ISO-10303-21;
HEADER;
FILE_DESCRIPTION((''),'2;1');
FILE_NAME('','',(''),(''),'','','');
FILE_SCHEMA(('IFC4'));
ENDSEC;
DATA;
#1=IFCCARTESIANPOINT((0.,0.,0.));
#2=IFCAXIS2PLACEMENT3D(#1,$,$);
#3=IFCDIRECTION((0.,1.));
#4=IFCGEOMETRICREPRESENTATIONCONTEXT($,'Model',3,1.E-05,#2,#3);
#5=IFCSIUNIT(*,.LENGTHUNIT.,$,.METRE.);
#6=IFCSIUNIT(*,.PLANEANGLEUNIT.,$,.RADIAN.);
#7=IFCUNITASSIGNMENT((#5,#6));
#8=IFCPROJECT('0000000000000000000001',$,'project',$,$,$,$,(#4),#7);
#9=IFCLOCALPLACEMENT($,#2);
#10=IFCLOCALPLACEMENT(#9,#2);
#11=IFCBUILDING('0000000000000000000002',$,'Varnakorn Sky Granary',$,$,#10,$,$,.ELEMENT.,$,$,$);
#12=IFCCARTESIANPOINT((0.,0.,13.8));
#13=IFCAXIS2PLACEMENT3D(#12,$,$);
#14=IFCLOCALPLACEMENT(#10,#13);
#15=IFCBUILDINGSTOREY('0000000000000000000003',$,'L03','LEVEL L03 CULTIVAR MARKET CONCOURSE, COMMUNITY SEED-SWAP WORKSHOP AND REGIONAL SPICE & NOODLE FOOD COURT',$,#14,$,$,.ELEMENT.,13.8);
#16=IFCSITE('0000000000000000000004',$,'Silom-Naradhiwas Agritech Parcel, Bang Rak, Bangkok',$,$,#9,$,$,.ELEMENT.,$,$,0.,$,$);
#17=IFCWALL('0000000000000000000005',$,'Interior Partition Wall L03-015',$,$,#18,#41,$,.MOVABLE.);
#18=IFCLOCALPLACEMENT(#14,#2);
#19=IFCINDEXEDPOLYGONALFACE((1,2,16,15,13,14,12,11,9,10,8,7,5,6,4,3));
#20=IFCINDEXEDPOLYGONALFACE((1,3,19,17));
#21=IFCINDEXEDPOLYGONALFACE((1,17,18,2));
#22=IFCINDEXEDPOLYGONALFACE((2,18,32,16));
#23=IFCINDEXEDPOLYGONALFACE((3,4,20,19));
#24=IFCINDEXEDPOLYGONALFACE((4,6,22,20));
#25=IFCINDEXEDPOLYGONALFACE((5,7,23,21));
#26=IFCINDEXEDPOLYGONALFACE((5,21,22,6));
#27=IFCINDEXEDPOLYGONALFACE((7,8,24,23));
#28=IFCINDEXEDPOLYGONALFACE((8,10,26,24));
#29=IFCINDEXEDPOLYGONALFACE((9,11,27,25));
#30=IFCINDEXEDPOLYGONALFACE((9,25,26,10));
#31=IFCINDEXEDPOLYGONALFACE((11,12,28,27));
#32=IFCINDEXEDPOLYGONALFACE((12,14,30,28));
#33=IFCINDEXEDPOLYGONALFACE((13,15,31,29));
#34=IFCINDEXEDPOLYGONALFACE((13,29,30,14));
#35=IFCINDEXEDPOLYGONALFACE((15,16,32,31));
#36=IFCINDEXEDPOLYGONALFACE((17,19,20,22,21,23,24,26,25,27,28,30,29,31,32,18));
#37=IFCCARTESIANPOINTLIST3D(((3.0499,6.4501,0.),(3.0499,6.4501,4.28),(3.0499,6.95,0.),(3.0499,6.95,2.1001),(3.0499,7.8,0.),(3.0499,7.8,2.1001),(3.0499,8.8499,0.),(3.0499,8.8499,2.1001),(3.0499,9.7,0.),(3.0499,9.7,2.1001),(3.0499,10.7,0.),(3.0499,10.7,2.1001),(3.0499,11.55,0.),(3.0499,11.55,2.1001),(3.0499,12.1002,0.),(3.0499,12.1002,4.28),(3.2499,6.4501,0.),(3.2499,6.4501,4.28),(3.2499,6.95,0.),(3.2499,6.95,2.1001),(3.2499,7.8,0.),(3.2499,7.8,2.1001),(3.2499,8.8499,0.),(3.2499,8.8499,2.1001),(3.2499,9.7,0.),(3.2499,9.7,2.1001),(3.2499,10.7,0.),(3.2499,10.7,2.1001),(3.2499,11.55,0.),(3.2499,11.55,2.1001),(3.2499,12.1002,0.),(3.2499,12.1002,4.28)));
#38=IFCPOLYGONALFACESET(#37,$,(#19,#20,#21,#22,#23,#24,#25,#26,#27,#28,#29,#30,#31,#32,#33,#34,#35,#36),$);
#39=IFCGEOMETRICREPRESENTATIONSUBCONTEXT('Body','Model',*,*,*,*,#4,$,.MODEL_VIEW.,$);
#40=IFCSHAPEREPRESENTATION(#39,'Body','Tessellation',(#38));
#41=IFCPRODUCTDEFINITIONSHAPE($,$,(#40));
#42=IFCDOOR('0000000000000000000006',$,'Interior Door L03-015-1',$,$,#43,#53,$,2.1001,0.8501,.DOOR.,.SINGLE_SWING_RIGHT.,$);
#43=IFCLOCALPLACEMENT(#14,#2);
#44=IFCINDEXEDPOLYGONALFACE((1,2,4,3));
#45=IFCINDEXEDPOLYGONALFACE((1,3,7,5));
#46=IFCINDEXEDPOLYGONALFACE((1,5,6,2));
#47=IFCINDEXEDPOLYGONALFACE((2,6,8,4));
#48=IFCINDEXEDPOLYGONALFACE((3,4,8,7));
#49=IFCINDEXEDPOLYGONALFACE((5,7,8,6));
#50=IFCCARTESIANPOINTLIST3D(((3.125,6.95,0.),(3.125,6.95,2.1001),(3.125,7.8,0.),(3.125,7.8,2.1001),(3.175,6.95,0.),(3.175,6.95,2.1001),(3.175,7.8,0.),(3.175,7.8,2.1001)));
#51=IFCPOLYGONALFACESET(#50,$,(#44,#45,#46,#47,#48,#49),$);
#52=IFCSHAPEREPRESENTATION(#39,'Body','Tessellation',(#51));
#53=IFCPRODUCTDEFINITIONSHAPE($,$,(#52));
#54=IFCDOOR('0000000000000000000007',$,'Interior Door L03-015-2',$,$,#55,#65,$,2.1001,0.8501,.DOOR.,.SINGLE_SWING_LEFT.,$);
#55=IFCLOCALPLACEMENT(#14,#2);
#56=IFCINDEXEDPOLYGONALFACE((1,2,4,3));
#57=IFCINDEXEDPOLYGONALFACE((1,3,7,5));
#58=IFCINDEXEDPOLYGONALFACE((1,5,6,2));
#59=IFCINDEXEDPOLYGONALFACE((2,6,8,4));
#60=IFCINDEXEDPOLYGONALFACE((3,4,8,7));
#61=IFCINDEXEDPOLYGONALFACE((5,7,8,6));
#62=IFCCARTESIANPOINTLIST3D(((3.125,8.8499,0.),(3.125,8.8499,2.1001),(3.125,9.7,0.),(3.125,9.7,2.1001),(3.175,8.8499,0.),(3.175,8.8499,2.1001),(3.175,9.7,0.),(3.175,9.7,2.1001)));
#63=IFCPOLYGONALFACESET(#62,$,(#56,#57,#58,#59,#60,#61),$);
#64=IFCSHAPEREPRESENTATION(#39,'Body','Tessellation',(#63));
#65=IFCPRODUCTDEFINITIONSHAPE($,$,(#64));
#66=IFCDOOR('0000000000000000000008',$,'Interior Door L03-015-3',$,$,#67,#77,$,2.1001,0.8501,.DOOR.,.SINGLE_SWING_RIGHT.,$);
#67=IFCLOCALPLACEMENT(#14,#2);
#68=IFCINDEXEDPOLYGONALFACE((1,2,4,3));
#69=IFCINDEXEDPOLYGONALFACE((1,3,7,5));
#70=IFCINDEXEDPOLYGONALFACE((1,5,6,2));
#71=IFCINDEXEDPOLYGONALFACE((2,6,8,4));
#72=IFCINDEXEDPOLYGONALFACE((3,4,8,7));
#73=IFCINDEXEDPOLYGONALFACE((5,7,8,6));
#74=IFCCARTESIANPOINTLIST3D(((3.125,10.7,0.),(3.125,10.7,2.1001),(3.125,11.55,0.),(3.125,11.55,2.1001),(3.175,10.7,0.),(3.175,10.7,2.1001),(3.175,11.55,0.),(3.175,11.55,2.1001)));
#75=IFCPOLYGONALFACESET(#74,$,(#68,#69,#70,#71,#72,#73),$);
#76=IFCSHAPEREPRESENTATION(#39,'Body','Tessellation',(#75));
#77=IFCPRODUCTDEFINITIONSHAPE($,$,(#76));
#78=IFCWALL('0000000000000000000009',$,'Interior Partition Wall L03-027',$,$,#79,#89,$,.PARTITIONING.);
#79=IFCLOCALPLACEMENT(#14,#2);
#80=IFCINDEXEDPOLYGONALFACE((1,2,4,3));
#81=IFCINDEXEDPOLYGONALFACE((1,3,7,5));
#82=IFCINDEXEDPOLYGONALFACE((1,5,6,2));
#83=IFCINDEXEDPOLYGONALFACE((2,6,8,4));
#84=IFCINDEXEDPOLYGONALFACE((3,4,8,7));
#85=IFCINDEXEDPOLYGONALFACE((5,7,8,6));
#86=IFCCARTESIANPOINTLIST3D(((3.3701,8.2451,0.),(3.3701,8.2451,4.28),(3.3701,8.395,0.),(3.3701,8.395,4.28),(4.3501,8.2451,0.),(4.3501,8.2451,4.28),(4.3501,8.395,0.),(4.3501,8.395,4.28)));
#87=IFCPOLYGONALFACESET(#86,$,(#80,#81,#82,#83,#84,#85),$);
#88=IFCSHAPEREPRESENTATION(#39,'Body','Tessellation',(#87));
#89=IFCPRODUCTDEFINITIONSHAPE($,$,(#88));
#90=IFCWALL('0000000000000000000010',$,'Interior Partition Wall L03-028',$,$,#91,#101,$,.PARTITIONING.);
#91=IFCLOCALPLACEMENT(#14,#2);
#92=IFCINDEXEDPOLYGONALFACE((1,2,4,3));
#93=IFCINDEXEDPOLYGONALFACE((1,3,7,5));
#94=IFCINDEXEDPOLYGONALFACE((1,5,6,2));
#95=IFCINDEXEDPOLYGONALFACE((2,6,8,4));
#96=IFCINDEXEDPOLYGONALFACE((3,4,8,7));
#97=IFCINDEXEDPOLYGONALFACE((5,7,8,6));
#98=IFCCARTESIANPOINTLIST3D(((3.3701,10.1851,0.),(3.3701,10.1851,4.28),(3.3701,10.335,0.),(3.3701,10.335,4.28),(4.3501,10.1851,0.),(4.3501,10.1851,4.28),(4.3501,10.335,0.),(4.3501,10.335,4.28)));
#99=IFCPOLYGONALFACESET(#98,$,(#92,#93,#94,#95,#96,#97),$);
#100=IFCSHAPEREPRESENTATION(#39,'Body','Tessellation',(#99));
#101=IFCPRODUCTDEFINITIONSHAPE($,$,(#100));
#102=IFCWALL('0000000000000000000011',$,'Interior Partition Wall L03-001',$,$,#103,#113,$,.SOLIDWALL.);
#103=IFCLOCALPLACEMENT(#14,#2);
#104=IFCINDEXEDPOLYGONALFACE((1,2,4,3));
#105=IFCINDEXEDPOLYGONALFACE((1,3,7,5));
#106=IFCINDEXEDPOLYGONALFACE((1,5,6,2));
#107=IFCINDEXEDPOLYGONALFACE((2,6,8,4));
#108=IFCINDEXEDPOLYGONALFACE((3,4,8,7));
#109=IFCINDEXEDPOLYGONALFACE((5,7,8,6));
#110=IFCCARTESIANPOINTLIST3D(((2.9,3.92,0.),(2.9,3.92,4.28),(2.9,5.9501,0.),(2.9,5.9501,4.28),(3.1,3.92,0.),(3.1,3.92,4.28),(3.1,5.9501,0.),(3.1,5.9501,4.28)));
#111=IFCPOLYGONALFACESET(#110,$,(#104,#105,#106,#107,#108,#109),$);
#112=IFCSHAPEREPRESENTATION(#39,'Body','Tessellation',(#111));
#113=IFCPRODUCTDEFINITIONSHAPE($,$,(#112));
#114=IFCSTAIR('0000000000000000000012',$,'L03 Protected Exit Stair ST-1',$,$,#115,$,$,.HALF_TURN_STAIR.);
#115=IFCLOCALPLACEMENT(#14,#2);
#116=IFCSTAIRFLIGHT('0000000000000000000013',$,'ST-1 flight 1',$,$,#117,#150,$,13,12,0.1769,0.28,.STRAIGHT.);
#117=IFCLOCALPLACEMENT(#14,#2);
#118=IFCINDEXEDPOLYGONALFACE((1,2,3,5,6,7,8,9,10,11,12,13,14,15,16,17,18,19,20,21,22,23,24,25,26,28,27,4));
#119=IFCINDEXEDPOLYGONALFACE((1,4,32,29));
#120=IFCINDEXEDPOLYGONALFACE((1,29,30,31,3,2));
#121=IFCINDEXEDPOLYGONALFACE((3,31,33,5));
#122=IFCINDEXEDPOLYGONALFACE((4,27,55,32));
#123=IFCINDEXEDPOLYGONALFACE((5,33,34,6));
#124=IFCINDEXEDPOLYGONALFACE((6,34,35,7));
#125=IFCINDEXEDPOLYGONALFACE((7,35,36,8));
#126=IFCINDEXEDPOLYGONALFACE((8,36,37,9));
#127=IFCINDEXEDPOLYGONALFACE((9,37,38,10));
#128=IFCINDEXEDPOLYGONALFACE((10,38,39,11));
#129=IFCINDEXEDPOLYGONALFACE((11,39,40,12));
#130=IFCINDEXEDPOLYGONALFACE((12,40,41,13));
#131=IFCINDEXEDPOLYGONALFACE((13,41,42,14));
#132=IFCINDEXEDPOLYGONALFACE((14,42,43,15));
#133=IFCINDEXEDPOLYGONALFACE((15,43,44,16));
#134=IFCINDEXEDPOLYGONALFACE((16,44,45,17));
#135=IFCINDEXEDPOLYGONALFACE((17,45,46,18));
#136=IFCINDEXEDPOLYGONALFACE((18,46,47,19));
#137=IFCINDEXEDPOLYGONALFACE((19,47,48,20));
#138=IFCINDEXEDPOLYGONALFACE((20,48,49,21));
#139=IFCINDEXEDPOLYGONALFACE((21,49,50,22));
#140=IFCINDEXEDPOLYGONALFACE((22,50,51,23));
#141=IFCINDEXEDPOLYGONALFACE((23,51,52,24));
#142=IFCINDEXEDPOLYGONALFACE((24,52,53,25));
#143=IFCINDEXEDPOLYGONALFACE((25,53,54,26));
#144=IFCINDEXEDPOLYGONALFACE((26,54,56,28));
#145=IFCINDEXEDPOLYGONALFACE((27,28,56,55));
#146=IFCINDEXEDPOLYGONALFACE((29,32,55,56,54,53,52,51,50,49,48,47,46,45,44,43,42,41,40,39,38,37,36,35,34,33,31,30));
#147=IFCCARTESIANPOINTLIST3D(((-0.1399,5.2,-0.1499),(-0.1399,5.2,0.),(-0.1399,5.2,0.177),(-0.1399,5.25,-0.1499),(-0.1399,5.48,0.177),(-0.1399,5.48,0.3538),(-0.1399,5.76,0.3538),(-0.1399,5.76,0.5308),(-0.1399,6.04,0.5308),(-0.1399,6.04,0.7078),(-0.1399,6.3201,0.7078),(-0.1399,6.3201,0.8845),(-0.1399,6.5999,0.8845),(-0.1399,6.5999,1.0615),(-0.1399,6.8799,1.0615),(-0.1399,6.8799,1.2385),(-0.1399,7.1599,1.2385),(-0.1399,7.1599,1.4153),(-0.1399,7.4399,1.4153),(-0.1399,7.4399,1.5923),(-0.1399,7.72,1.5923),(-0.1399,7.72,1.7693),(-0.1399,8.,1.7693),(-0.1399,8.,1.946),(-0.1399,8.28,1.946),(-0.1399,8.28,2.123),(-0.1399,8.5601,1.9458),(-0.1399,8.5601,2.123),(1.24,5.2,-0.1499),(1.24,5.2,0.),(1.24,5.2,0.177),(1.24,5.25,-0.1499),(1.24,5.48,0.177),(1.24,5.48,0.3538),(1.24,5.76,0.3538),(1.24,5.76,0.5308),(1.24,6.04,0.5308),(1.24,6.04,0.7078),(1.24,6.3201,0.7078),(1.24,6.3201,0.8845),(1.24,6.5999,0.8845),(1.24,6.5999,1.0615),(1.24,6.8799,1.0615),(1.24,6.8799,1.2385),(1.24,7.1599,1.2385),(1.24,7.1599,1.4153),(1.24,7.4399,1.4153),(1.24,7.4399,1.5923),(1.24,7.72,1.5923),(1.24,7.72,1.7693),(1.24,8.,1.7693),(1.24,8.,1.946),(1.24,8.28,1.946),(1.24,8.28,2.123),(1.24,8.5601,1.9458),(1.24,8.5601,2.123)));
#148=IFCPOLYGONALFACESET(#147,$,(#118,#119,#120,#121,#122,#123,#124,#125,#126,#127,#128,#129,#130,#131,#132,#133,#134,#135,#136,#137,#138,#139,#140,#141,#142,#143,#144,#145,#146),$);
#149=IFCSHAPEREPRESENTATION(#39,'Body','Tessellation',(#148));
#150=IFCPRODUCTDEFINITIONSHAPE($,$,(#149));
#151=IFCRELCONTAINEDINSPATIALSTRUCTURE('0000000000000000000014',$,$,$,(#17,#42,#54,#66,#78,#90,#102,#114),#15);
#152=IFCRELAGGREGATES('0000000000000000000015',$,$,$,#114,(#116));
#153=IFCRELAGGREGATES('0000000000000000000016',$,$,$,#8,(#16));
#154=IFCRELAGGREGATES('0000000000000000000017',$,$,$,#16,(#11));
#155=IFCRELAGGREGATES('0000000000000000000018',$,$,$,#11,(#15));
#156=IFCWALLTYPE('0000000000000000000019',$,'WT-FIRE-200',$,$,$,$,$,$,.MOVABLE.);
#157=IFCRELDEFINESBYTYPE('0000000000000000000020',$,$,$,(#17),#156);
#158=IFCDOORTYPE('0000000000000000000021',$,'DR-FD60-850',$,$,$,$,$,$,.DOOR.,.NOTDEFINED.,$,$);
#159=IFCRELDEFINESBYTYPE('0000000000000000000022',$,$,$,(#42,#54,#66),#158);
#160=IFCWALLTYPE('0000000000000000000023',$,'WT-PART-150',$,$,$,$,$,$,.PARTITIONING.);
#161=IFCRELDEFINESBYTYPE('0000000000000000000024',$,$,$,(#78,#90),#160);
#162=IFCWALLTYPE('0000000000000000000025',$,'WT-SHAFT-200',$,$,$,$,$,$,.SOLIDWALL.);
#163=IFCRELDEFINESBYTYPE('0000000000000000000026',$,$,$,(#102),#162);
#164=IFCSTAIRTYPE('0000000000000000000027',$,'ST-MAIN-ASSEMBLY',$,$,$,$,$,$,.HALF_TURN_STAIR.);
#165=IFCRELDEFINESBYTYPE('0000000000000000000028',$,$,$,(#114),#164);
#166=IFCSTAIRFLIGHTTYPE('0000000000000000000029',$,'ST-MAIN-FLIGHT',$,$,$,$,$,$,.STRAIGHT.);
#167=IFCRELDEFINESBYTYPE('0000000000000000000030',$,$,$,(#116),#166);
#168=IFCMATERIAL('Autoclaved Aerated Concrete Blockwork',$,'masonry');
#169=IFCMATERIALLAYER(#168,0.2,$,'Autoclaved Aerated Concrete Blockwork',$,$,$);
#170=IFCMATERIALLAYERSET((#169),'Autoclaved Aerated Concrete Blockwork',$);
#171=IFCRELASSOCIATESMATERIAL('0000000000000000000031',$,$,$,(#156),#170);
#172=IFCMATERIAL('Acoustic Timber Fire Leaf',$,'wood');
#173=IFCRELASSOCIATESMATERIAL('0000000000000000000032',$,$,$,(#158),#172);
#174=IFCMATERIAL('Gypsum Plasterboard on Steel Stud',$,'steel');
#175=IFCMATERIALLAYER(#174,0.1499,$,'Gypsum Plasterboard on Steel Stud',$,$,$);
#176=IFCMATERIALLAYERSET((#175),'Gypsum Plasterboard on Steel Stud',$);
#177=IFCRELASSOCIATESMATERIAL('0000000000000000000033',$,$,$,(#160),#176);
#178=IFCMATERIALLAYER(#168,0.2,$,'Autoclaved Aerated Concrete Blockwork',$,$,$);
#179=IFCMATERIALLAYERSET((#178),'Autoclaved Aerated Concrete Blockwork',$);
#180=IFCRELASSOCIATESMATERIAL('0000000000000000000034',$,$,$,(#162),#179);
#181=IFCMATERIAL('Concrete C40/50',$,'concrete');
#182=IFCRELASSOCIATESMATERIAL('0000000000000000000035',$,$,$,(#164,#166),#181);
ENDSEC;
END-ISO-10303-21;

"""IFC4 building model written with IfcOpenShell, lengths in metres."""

from ifc_helpers import new_model, si_unit, direction, frame, frame_2d, origin, place, context, subcontext, project, spatial, polyline, rectangle, outline, extrude, material, layer, layer_set, type_object, element, fill, aggregate, save


model = new_model("IFC4")

# Units and contexts
model_context = context("Model", 3, precision=1e-05, world=origin(), true_north=direction((0.0, 1.0)))
body_context = subcontext(model_context, "Body", "Model", "MODEL_VIEW")
ifc_project = project(units=[si_unit("LENGTHUNIT", "METRE"), si_unit("PLANEANGLEUNIT", "RADIAN")], contexts=[model_context])

# Site, building, storey
site_placement = place(None, origin())
site = spatial("IfcSite", under=ifc_project, at=site_placement, Name="Silom-Naradhiwas Agritech Parcel, Bang Rak, Bangkok", CompositionType="ELEMENT", RefElevation=0.0)
building_placement = place(site_placement, origin())
building = spatial("IfcBuilding", under=site, at=building_placement, Name="Varnakorn Sky Granary", CompositionType="ELEMENT")
storey_placement = place(building_placement, frame((0.0, 0.0, 13.8)))
storey = spatial("IfcBuildingStorey", under=building, at=storey_placement, Name="L03", Description="LEVEL L03 CULTIVAR MARKET CONCOURSE, COMMUNITY SEED-SWAP WORKSHOP AND REGIONAL SPICE & NOODLE FOOD COURT", CompositionType="ELEMENT", Elevation=13.8)

# Wall, openings, doors
ifc_material_1 = material(Name="Autoclaved Aerated Concrete Blockwork", Category="masonry")
ifc_layer_1 = layer(ifc_material_1, 0.2, Name="Autoclaved Aerated Concrete Blockwork")
ifc_layer_set_1 = layer_set([ifc_layer_1], Name="Autoclaved Aerated Concrete Blockwork")
wall_type_1 = type_object("IfcWallType", Name="WT-FIRE-200", PredefinedType="MOVABLE", material=ifc_layer_set_1)
wall_1_placement = place(storey_placement, frame((3.1499, 6.45, 0.0), z_axis=(0.0, 0.0, 1.0), x_axis=(0.0, 1.0, 0.0)))
wall_1 = element("IfcWall", 1, at=wall_1_placement, inside=storey, type_object=wall_type_1, Name="Interior Partition Wall L03-015", PredefinedType="MOVABLE", context=body_context, shape_type="SweptSolid", body=[
    extrude(rectangle(XDim=5.6501, YDim=0.2, at=frame_2d((2.8252, 0.0))), origin(), (0.0, 0.0, 1.0), 4.28),
])
opening_1_placement = place(wall_1_placement, frame((0.5, 0.0, 0.0)))
opening_1 = element("IfcOpeningElement", 2, at=opening_1_placement, cuts=wall_1, PredefinedType="OPENING", context=body_context, shape_type="SweptSolid", body=[
    extrude(rectangle(XDim=0.8501, YDim=2.1001, at=frame_2d((0.425, 1.05))), frame((0.0, 0.1099, 0.0), z_axis=(0.0, -1.0, 0.0), x_axis=(1.0, 0.0, 0.0)), (0.0, 0.0, 1.0), 0.22),
])
opening_2_placement = place(wall_1_placement, frame((2.3999, 0.0, 0.0)))
opening_2 = element("IfcOpeningElement", 3, at=opening_2_placement, cuts=wall_1, PredefinedType="OPENING", context=body_context, shape_type="SweptSolid", body=[
    extrude(rectangle(XDim=0.8501, YDim=2.1001, at=frame_2d((0.425, 1.05))), frame((0.0, 0.1099, 0.0), z_axis=(0.0, -1.0, 0.0), x_axis=(1.0, 0.0, 0.0)), (0.0, 0.0, 1.0), 0.22),
])
opening_3_placement = place(wall_1_placement, frame((4.25, 0.0, 0.0)))
opening_3 = element("IfcOpeningElement", 4, at=opening_3_placement, cuts=wall_1, PredefinedType="OPENING", context=body_context, shape_type="SweptSolid", body=[
    extrude(rectangle(XDim=0.8501, YDim=2.1001, at=frame_2d((0.425, 1.05))), frame((0.0, 0.1099, 0.0), z_axis=(0.0, -1.0, 0.0), x_axis=(1.0, 0.0, 0.0)), (0.0, 0.0, 1.0), 0.22),
])
ifc_material_2 = material(Name="Acoustic Timber Fire Leaf", Category="wood")
door_type = type_object("IfcDoorType", Name="DR-FD60-850", OperationType="NOTDEFINED", PredefinedType="DOOR", material=ifc_material_2)
door_1_placement = place(opening_1_placement, origin())
door_1 = element("IfcDoor", 5, at=door_1_placement, inside=storey, type_object=door_type, Name="Interior Door L03-015-1", OperationType="SINGLE_SWING_RIGHT", OverallHeight=2.1001, OverallWidth=0.8501, PredefinedType="DOOR", context=body_context, shape_type="SweptSolid", body=[
    extrude(rectangle(XDim=0.8501, YDim=2.1001, at=frame_2d((0.425, 1.05))), frame((0.0, 0.0249, 0.0), z_axis=(0.0, -1.0, 0.0), x_axis=(1.0, 0.0, 0.0)), (0.0, 0.0, 1.0), 0.05),
])
fill(opening_1, door_1)
door_2_placement = place(opening_2_placement, origin())
door_2 = element("IfcDoor", 6, at=door_2_placement, inside=storey, type_object=door_type, Name="Interior Door L03-015-2", OperationType="SINGLE_SWING_LEFT", OverallHeight=2.1001, OverallWidth=0.8501, PredefinedType="DOOR", context=body_context, shape_type="SweptSolid", body=[
    extrude(rectangle(XDim=0.8501, YDim=2.1001, at=frame_2d((0.425, 1.05))), frame((0.0, 0.0249, 0.0), z_axis=(0.0, -1.0, 0.0), x_axis=(1.0, 0.0, 0.0)), (0.0, 0.0, 1.0), 0.05),
])
fill(opening_2, door_2)
door_3_placement = place(opening_3_placement, origin())
door_3 = element("IfcDoor", 7, at=door_3_placement, inside=storey, type_object=door_type, Name="Interior Door L03-015-3", OperationType="SINGLE_SWING_RIGHT", OverallHeight=2.1001, OverallWidth=0.8501, PredefinedType="DOOR", context=body_context, shape_type="SweptSolid", body=[
    extrude(rectangle(XDim=0.8501, YDim=2.1001, at=frame_2d((0.425, 1.05))), frame((0.0, 0.0249, 0.0), z_axis=(0.0, -1.0, 0.0), x_axis=(1.0, 0.0, 0.0)), (0.0, 0.0, 1.0), 0.05),
])
fill(opening_3, door_3)

# Walls
ifc_material_3 = material(Name="Gypsum Plasterboard on Steel Stud", Category="steel")
ifc_layer_2 = layer(ifc_material_3, 0.1499, Name="Gypsum Plasterboard on Steel Stud")
ifc_layer_set_2 = layer_set([ifc_layer_2], Name="Gypsum Plasterboard on Steel Stud")
wall_type_2 = type_object("IfcWallType", Name="WT-PART-150", PredefinedType="PARTITIONING", material=ifc_layer_set_2)
for number, where, z_axis, x_axis, name in (
    (8, (3.3701, 8.3201, 0.0), (0.0, 0.0, 1.0), (1.0, 0.0, 0.0), "Interior Partition Wall L03-027"),
    (9, (3.3701, 10.26, 0.0), (0.0, 0.0, 1.0), (1.0, 0.0, 0.0), "Interior Partition Wall L03-028"),
):
    element("IfcWall", number, at=place(storey_placement, frame(where, z_axis=z_axis, x_axis=x_axis)), inside=storey, type_object=wall_type_2, Name=name, PredefinedType="PARTITIONING", context=body_context, shape_type="SweptSolid", body=[
        extrude(rectangle(XDim=0.98, YDim=0.1499, at=frame_2d((0.49, 0.0))), origin(), (0.0, 0.0, 1.0), 4.28),
    ])
ifc_layer_3 = layer(ifc_material_1, 0.2, Name="Autoclaved Aerated Concrete Blockwork")
ifc_layer_set_3 = layer_set([ifc_layer_3], Name="Autoclaved Aerated Concrete Blockwork")
wall_type_3 = type_object("IfcWallType", Name="WT-SHAFT-200", PredefinedType="SOLIDWALL", material=ifc_layer_set_3)
wall_2_placement = place(storey_placement, frame((3.0, 3.9199, 0.0), z_axis=(0.0, 0.0, 1.0), x_axis=(0.0, 1.0, 0.0)))
element("IfcWall", 10, at=wall_2_placement, inside=storey, type_object=wall_type_3, Name="Interior Partition Wall L03-001", PredefinedType="SOLIDWALL", context=body_context, shape_type="SweptSolid", body=[
    extrude(rectangle(XDim=2.03, YDim=0.2, at=frame_2d((1.0151, 0.0))), origin(), (0.0, 0.0, 1.0), 4.28),
])

# Stair, stair flight
ifc_material_4 = material(Name="Concrete C40/50", Category="concrete")
stair_type = type_object("IfcStairType", Name="ST-MAIN-ASSEMBLY", PredefinedType="HALF_TURN_STAIR", material=ifc_material_4)
stair_1_placement = place(storey_placement, origin())
stair_1 = element("IfcStair", 11, at=stair_1_placement, inside=storey, type_object=stair_type, Name="L03 Protected Exit Stair ST-1", PredefinedType="HALF_TURN_STAIR")
stair_flight_type = type_object("IfcStairFlightType", Name="ST-MAIN-FLIGHT", PredefinedType="STRAIGHT", material=ifc_material_4)
stair_flight_1_placement = place(storey_placement, frame((0.55, 5.2, 0.0), z_axis=(0.0, 0.0, 1.0), x_axis=(0.0, 1.0, 0.0)))
stair_flight_1 = element("IfcStairFlight", 12, at=stair_flight_1_placement, type_object=stair_flight_type, Name="ST-1 flight 1", NumberOfRisers=13, NumberOfTreads=12, PredefinedType="STRAIGHT", RiserHeight=0.1769, TreadLength=0.28, context=body_context, shape_type="SweptSolid", body=[
    extrude(outline(polyline([(0.0, -0.1499), (0.0, 0.0), (0.0, 0.177), (0.28, 0.177), (0.28, 0.3538), (0.5601, 0.3538), (0.5601, 0.5308), (0.8401, 0.5308), (0.8401, 0.7078), (1.1201, 0.7078), (1.1201, 0.8845), (1.3999, 0.8845), (1.3999, 1.0615), (1.6799, 1.0615), (1.6799, 1.2385), (1.96, 1.2385), (1.96, 1.4153), (2.24, 1.4153), (2.24, 1.5923), (2.52, 1.5923), (2.52, 1.7693), (2.8, 1.7693), (2.8, 1.946), (3.0801, 1.946), (3.0801, 2.123), (3.3601, 2.123), (3.3601, 2.3), (3.3601, 1.9458), (0.05, -0.1499), (0.0, -0.1499)])), frame((0.0, 0.6899, 0.0), z_axis=(0.0, -1.0, 0.0), x_axis=(1.0, 0.0, 0.0)), (0.0, 0.0, 1.0), 1.3799),
])
aggregate(stair_1, [stair_flight_1])

save(model, "model.ifc")
